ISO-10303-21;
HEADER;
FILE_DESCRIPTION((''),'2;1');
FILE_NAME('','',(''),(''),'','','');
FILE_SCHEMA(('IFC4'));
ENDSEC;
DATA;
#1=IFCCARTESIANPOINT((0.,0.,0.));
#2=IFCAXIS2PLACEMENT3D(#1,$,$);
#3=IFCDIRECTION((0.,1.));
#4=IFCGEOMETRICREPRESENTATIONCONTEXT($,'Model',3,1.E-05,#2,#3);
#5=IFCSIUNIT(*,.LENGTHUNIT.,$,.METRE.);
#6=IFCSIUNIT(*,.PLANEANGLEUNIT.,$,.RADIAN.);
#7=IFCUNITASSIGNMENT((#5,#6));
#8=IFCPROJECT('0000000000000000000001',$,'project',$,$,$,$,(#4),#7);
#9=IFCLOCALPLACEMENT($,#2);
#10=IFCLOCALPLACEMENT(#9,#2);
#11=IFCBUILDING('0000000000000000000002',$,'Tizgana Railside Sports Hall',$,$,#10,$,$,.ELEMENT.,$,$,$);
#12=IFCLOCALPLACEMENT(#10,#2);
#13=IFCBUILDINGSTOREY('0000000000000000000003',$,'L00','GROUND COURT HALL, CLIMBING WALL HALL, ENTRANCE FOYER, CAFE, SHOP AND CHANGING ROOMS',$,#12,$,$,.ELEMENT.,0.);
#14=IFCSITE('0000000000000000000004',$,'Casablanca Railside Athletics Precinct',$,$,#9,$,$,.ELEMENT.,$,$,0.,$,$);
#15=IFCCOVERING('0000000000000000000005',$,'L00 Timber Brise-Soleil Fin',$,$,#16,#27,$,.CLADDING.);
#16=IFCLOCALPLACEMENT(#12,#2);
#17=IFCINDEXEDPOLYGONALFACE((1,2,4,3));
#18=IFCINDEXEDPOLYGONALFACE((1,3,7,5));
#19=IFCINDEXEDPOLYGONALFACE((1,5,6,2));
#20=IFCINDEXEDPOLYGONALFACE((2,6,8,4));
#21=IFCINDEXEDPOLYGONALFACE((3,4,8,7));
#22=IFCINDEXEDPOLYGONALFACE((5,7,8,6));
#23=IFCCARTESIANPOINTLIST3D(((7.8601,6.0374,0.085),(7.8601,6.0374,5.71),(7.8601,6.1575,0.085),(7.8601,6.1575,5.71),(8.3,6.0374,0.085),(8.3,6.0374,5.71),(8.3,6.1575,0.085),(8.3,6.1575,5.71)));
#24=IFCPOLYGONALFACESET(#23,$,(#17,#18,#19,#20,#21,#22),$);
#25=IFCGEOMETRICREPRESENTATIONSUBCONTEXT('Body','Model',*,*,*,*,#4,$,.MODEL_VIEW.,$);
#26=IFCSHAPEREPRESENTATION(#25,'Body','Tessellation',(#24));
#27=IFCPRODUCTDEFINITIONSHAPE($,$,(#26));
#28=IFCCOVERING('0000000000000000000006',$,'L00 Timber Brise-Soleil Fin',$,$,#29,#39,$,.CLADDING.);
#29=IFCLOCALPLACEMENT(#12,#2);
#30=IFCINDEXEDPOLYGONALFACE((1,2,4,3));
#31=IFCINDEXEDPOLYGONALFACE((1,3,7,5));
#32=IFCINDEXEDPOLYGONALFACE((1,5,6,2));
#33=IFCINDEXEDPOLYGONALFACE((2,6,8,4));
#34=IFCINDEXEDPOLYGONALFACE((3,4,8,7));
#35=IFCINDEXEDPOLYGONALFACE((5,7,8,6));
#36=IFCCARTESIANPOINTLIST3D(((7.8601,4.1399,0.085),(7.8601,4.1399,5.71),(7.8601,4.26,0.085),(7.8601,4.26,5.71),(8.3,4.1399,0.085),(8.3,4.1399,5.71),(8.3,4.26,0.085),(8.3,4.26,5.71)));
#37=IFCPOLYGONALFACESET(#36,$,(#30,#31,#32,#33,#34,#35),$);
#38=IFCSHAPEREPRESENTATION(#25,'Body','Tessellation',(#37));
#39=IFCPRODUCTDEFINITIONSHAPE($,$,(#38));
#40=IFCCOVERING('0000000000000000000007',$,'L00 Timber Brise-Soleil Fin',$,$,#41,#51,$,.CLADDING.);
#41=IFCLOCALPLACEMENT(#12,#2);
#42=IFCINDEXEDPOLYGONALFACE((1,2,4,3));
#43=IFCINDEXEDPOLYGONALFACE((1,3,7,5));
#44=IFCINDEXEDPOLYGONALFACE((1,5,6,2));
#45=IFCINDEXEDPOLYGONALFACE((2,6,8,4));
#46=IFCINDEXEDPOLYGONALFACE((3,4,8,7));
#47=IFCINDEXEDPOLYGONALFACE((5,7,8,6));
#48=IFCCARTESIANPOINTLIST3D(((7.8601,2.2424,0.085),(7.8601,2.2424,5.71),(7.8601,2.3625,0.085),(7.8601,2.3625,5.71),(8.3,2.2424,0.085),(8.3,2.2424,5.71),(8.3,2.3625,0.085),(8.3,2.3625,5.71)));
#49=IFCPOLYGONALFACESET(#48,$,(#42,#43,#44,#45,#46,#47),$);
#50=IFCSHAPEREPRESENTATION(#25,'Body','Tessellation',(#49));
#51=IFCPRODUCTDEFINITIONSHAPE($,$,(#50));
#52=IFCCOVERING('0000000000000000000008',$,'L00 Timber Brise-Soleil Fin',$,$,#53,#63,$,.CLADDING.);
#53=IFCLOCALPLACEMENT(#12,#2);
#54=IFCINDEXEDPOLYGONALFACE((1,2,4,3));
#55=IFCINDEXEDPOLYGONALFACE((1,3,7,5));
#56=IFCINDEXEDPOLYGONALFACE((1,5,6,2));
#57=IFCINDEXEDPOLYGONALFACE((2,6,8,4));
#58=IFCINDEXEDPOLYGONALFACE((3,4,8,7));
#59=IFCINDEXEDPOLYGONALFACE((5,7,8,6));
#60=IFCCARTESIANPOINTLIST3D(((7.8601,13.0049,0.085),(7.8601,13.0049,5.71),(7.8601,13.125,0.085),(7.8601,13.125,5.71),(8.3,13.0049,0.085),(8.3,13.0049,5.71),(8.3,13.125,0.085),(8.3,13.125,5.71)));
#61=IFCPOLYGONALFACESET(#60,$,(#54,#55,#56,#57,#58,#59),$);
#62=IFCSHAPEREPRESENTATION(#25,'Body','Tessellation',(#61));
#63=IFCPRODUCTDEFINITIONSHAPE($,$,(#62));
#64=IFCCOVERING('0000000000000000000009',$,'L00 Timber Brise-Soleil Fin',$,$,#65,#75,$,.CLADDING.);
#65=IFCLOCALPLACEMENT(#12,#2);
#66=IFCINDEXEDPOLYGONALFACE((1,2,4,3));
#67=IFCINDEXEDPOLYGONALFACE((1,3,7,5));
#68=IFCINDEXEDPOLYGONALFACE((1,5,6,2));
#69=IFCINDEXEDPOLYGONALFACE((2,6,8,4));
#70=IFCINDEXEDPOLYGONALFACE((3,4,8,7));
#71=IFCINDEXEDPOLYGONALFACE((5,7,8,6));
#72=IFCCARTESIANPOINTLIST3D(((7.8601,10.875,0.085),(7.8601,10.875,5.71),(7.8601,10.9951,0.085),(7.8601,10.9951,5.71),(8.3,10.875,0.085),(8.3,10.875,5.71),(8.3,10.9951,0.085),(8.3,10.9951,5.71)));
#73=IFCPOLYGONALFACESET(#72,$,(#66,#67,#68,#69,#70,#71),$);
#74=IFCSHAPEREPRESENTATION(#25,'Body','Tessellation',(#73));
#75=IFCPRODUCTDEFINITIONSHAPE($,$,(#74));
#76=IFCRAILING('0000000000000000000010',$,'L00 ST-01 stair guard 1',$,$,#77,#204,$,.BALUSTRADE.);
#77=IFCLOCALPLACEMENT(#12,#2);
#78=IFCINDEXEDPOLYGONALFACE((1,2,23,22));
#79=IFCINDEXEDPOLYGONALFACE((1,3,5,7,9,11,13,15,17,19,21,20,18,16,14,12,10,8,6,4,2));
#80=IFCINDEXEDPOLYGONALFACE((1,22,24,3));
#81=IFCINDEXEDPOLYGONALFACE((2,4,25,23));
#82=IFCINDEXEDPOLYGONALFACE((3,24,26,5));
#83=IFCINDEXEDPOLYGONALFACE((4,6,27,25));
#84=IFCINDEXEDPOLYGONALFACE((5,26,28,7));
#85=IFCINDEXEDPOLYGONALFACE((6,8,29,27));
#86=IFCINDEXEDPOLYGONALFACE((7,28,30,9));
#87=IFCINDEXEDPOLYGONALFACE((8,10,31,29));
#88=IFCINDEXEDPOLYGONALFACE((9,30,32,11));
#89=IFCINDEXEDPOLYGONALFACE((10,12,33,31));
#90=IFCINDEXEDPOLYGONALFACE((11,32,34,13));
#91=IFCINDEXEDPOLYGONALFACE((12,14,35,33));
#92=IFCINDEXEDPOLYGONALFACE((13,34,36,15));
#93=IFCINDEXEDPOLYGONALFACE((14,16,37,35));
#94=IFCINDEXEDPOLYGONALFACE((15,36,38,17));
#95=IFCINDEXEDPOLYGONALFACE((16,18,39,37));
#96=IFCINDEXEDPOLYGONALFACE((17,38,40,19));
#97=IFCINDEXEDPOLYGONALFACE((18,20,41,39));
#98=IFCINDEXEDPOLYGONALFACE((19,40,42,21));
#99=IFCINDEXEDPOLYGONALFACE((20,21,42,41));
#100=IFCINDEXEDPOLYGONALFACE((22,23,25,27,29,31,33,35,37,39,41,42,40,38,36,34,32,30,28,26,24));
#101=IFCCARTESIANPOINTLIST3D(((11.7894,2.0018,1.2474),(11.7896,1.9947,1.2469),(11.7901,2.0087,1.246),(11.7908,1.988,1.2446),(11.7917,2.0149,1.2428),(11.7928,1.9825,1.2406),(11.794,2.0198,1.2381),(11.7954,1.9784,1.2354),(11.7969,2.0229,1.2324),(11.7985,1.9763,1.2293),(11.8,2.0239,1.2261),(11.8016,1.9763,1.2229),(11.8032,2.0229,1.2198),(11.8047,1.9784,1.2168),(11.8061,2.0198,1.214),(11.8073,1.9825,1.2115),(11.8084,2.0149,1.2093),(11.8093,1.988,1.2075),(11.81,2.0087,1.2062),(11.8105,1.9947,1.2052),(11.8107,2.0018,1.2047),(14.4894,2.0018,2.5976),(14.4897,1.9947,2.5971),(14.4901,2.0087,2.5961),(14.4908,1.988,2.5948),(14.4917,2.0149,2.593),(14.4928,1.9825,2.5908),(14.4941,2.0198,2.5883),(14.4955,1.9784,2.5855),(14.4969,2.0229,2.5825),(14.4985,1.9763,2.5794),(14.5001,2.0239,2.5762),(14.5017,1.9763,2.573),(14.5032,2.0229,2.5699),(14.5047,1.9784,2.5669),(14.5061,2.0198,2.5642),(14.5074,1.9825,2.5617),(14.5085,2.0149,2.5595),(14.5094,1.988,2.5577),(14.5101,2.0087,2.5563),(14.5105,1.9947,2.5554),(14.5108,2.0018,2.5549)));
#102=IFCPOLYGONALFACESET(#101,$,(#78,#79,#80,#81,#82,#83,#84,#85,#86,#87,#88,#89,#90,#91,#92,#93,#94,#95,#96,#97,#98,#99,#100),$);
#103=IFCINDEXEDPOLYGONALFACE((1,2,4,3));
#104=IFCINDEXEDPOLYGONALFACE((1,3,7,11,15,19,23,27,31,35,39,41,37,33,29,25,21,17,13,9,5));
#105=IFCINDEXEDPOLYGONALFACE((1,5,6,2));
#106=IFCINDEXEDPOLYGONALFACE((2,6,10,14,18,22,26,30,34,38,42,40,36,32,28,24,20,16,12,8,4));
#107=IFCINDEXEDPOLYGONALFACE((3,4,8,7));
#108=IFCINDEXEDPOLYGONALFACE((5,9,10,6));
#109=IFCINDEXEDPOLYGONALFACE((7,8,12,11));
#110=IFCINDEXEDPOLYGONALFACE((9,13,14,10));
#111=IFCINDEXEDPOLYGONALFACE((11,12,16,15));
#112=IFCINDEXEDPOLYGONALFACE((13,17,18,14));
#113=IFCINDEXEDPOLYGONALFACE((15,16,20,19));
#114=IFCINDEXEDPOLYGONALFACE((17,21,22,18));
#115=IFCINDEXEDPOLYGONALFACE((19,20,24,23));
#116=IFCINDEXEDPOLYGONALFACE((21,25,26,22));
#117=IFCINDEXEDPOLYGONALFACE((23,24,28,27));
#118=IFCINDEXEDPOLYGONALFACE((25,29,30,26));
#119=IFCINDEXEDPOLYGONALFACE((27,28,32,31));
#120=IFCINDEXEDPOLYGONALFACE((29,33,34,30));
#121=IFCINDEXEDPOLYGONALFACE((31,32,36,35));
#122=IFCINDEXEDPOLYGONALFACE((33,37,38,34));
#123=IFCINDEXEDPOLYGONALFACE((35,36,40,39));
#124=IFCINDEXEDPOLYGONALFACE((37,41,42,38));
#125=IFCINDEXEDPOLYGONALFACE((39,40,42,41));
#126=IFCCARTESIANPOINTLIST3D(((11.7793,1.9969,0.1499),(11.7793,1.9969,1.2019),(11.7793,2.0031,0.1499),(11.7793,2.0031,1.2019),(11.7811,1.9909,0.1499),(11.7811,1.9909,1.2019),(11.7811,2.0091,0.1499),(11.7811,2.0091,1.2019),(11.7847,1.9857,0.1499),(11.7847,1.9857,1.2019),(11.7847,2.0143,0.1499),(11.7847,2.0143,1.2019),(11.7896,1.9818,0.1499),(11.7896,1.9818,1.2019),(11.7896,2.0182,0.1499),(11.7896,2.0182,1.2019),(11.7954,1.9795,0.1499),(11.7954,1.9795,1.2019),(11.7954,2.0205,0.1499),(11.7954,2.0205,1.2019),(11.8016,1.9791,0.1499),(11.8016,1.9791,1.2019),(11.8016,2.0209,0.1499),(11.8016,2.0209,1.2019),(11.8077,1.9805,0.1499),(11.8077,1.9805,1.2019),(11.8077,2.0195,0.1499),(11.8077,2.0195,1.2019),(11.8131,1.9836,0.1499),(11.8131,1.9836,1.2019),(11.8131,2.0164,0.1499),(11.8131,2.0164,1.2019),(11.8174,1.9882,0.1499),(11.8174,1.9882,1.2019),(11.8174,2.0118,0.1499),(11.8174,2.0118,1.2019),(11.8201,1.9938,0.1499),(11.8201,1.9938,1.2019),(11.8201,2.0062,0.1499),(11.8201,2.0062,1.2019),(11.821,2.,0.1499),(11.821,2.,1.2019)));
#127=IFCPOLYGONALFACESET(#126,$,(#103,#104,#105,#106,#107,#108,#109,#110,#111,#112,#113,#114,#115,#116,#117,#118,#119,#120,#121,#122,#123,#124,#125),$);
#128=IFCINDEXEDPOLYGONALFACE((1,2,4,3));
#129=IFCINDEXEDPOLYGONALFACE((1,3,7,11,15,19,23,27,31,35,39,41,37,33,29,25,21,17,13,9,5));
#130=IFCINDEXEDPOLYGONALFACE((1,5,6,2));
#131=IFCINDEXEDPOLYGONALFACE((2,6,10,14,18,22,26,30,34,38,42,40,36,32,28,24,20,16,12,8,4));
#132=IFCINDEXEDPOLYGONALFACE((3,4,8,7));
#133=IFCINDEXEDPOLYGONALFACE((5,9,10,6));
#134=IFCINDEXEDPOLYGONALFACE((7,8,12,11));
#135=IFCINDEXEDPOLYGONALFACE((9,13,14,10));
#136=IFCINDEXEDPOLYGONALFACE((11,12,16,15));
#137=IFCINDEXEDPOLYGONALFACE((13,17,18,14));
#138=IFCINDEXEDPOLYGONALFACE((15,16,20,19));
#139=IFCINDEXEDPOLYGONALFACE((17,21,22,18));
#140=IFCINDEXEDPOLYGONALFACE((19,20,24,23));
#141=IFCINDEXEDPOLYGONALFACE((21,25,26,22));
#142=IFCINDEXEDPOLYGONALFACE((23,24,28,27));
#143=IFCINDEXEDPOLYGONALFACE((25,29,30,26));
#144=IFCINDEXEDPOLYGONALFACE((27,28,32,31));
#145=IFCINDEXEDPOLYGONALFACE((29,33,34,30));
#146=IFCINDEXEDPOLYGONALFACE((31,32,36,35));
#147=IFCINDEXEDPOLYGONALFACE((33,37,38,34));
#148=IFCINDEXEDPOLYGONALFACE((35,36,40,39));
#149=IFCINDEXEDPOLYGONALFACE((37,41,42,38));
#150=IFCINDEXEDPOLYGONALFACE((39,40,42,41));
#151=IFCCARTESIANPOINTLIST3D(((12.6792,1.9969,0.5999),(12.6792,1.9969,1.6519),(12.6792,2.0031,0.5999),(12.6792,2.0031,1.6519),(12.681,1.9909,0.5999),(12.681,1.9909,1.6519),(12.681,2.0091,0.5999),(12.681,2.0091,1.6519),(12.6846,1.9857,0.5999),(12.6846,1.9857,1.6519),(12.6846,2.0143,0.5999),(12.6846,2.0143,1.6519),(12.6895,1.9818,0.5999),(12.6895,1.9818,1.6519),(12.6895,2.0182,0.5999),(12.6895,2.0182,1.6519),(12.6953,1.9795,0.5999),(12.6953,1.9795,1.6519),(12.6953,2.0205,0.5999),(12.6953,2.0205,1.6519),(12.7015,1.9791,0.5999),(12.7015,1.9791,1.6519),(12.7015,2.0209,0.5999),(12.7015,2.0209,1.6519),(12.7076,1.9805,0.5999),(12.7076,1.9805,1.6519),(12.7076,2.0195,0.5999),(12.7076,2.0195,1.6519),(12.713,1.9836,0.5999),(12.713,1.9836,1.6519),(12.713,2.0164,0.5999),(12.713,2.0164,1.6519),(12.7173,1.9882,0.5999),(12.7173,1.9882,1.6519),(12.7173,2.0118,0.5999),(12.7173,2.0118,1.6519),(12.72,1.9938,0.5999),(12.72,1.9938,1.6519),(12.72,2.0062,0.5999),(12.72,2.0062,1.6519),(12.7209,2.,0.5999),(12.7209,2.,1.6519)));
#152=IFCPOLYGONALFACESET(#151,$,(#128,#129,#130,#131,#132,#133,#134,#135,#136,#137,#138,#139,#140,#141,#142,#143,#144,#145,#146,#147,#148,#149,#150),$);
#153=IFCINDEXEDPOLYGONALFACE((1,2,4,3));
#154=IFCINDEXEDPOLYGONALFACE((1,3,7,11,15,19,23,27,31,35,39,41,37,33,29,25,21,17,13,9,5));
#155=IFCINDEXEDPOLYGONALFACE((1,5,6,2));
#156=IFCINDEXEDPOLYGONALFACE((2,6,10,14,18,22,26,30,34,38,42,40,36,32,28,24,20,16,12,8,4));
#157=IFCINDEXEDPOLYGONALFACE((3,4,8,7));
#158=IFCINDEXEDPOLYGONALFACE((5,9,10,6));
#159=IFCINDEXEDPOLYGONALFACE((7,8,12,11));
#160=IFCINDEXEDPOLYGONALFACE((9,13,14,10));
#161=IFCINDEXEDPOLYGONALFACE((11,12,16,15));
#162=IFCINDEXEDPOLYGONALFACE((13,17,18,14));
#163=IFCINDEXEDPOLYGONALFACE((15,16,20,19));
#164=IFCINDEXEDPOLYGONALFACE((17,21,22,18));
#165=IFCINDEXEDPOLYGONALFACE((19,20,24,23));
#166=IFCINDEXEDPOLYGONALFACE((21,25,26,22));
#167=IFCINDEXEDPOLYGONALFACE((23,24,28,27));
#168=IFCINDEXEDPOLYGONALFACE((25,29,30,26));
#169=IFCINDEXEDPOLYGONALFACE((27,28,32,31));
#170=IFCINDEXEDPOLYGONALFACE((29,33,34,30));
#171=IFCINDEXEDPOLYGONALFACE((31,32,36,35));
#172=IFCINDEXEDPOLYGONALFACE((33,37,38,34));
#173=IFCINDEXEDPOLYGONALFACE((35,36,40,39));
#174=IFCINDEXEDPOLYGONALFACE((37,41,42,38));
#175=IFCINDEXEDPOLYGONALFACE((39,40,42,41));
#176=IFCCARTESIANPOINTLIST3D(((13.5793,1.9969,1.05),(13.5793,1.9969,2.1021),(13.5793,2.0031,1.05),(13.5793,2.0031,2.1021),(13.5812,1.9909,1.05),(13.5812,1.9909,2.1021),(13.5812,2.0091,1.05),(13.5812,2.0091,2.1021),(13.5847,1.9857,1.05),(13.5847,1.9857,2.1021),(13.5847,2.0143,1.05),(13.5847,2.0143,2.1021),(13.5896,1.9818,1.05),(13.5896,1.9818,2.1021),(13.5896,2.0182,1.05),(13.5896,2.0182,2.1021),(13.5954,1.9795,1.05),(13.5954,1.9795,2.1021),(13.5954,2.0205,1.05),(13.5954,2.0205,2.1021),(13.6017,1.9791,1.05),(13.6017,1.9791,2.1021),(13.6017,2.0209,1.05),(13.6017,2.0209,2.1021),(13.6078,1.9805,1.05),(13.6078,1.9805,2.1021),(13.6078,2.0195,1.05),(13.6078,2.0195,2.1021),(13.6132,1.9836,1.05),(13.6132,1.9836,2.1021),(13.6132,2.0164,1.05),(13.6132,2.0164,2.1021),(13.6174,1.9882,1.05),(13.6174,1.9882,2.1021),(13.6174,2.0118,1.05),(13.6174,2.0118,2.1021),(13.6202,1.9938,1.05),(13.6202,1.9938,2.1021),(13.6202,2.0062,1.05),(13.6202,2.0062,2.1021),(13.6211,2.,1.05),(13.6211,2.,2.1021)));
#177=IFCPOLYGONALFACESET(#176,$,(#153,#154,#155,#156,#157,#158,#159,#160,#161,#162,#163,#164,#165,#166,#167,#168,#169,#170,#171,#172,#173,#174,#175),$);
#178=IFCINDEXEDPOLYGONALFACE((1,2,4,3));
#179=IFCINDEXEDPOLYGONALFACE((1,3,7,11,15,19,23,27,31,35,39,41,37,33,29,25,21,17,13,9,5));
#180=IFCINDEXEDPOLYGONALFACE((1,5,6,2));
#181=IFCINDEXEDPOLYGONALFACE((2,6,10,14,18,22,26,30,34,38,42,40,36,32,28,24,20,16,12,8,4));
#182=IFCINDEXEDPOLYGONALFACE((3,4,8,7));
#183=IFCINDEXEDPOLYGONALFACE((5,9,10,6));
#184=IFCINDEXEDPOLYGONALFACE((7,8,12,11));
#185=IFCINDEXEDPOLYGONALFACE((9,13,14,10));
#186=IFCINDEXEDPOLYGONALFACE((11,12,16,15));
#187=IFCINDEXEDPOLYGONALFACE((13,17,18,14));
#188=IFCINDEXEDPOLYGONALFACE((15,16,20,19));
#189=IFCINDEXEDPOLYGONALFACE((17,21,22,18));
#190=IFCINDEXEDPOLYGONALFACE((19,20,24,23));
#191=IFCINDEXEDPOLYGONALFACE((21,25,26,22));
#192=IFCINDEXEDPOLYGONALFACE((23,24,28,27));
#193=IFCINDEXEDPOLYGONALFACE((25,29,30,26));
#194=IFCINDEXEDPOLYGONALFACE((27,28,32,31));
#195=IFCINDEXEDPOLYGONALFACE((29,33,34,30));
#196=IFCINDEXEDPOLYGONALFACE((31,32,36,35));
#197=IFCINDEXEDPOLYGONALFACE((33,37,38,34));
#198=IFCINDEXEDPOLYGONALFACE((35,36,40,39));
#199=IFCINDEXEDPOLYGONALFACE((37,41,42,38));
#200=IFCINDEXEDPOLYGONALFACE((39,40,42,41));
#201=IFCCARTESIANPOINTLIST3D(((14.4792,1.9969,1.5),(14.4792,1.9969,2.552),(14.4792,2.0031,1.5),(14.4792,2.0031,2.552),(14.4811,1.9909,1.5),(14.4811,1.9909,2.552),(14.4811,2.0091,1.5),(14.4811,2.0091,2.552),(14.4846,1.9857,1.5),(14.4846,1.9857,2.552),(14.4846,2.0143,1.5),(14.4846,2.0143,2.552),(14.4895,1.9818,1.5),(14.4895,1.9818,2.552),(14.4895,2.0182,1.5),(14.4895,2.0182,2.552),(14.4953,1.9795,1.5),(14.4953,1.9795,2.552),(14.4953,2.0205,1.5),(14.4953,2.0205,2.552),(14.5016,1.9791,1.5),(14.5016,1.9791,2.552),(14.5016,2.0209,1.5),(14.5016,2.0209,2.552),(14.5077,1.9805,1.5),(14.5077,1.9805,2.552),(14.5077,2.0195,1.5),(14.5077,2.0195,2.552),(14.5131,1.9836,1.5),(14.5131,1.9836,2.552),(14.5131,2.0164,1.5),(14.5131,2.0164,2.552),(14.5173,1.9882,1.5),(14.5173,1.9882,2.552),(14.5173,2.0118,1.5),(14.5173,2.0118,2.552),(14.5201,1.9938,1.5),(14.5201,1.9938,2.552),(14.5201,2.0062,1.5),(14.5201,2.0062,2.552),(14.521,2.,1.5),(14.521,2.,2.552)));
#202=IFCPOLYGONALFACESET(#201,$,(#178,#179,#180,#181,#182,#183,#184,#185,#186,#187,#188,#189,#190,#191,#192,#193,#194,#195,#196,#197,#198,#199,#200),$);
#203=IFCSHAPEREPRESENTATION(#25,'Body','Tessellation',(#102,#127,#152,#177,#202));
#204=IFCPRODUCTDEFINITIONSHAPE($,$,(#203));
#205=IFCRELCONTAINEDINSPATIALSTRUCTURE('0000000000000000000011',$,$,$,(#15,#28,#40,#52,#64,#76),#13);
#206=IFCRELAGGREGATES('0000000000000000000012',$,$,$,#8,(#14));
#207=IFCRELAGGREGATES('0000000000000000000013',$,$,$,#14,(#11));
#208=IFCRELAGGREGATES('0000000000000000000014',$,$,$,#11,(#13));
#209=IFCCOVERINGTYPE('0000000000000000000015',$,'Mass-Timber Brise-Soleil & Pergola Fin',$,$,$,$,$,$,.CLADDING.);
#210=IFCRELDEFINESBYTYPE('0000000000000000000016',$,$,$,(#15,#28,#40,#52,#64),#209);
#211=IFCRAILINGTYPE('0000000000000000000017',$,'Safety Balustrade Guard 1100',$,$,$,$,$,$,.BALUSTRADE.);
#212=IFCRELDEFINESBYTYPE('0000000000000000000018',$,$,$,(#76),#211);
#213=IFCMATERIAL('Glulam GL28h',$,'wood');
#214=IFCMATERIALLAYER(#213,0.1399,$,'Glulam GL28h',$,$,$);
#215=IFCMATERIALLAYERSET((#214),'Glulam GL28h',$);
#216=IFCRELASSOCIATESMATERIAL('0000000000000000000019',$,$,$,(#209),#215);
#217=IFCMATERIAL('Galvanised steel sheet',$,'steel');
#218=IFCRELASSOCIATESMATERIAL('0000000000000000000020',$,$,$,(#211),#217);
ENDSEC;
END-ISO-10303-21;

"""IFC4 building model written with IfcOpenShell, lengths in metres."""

from ifc_helpers import new_model, si_unit, direction, frame, origin, origin_2d, place, context, subcontext, project, spatial, rectangle, circle, extrude, material, layer, layer_set, type_object, element, save


model = new_model("IFC4")

# Units and contexts
model_context = context("Model", 3, precision=1e-05, world=origin(), true_north=direction((0.0, 1.0)))
body_context = subcontext(model_context, "Body", "Model", "MODEL_VIEW")
ifc_project = project(units=[si_unit("LENGTHUNIT", "METRE"), si_unit("PLANEANGLEUNIT", "RADIAN")], contexts=[model_context])

# Site, building, storey
site_placement = place(None, origin())
site = spatial("IfcSite", under=ifc_project, at=site_placement, Name="Casablanca Railside Athletics Precinct", CompositionType="ELEMENT", RefElevation=0.0)
building_placement = place(site_placement, origin())
building = spatial("IfcBuilding", under=site, at=building_placement, Name="Tizgana Railside Sports Hall", CompositionType="ELEMENT")
storey_placement = place(building_placement, origin())
storey = spatial("IfcBuildingStorey", under=building, at=storey_placement, Name="L00", Description="GROUND COURT HALL, CLIMBING WALL HALL, ENTRANCE FOYER, CAFE, SHOP AND CHANGING ROOMS", CompositionType="ELEMENT", Elevation=0.0)

# Coverings
ifc_material_1 = material(Name="Glulam GL28h", Category="wood")
ifc_layer_1 = layer(ifc_material_1, 0.1399, Name="Glulam GL28h")
ifc_layer_set_1 = layer_set([ifc_layer_1], Name="Glulam GL28h")
covering_type = type_object("IfcCoveringType", Name="Mass-Timber Brise-Soleil & Pergola Fin", PredefinedType="CLADDING", material=ifc_layer_set_1)
for number, where, z_axis, x_axis, name in (
    (1, (8.0801, 6.0974, 0.085), (0.0, 0.0, 1.0), (0.0, -1.0, 0.0), "L00 Timber Brise-Soleil Fin"),
    (2, (8.0801, 4.2, 0.085), (0.0, 0.0, 1.0), (0.0, -1.0, 0.0), "L00 Timber Brise-Soleil Fin"),
    (3, (8.0801, 2.3025, 0.085), (0.0, 0.0, 1.0), (0.0, -1.0, 0.0), "L00 Timber Brise-Soleil Fin"),
    (4, (8.0801, 13.0649, 0.085), (0.0, 0.0, 1.0), (0.0, -1.0, 0.0), "L00 Timber Brise-Soleil Fin"),
    (5, (8.0801, 10.9351, 0.085), (0.0, 0.0, 1.0), (0.0, -1.0, 0.0), "L00 Timber Brise-Soleil Fin"),
):
    element("IfcCovering", number, at=place(storey_placement, frame(where, z_axis=z_axis, x_axis=x_axis)), inside=storey, type_object=covering_type, Name=name, PredefinedType="CLADDING", context=body_context, shape_type="SweptSolid", body=[
        extrude(rectangle(XDim=0.1201, YDim=0.4399, at=origin_2d()), origin(), (0.0, 0.0, 1.0), 5.625),
    ])

# Railing
ifc_material_2 = material(Name="Galvanised steel sheet", Category="steel")
railing_type_1 = type_object("IfcRailingType", Name="Safety Balustrade Guard 1100", PredefinedType="BALUSTRADE", material=ifc_material_2)
railing_1_placement = place(storey_placement, frame((11.8, 2.0, 0.1499)))
element("IfcRailing", 6, at=railing_1_placement, inside=storey, type_object=railing_type_1, Name="L00 ST-01 stair guard 1", PredefinedType="BALUSTRADE", context=body_context, shape_type="SweptSolid", body=[
    extrude(circle(Radius=0.0239, at=origin_2d()), frame((0.0, 0.0, 1.0762), z_axis=(0.894411, 0.0, 0.447246), x_axis=(0.0, 1.0, 0.0)), (0.0, 0.0, 1.0), 3.0188),
    extrude(circle(Radius=0.021, at=origin_2d()), origin(), (0.0, 0.0, 1.0), 1.052),
    extrude(circle(Radius=0.021, at=origin_2d()), frame((0.8999, 0.0, 0.45)), (0.0, 0.0, 1.0), 1.052),
    extrude(circle(Radius=0.021, at=origin_2d()), frame((1.8, 0.0, 0.9001)), (0.0, 0.0, 1.0), 1.052),
    extrude(circle(Radius=0.021, at=origin_2d()), frame((2.7, 0.0, 1.3501)), (0.0, 0.0, 1.0), 1.052),
])

save(model, "model.ifc")
